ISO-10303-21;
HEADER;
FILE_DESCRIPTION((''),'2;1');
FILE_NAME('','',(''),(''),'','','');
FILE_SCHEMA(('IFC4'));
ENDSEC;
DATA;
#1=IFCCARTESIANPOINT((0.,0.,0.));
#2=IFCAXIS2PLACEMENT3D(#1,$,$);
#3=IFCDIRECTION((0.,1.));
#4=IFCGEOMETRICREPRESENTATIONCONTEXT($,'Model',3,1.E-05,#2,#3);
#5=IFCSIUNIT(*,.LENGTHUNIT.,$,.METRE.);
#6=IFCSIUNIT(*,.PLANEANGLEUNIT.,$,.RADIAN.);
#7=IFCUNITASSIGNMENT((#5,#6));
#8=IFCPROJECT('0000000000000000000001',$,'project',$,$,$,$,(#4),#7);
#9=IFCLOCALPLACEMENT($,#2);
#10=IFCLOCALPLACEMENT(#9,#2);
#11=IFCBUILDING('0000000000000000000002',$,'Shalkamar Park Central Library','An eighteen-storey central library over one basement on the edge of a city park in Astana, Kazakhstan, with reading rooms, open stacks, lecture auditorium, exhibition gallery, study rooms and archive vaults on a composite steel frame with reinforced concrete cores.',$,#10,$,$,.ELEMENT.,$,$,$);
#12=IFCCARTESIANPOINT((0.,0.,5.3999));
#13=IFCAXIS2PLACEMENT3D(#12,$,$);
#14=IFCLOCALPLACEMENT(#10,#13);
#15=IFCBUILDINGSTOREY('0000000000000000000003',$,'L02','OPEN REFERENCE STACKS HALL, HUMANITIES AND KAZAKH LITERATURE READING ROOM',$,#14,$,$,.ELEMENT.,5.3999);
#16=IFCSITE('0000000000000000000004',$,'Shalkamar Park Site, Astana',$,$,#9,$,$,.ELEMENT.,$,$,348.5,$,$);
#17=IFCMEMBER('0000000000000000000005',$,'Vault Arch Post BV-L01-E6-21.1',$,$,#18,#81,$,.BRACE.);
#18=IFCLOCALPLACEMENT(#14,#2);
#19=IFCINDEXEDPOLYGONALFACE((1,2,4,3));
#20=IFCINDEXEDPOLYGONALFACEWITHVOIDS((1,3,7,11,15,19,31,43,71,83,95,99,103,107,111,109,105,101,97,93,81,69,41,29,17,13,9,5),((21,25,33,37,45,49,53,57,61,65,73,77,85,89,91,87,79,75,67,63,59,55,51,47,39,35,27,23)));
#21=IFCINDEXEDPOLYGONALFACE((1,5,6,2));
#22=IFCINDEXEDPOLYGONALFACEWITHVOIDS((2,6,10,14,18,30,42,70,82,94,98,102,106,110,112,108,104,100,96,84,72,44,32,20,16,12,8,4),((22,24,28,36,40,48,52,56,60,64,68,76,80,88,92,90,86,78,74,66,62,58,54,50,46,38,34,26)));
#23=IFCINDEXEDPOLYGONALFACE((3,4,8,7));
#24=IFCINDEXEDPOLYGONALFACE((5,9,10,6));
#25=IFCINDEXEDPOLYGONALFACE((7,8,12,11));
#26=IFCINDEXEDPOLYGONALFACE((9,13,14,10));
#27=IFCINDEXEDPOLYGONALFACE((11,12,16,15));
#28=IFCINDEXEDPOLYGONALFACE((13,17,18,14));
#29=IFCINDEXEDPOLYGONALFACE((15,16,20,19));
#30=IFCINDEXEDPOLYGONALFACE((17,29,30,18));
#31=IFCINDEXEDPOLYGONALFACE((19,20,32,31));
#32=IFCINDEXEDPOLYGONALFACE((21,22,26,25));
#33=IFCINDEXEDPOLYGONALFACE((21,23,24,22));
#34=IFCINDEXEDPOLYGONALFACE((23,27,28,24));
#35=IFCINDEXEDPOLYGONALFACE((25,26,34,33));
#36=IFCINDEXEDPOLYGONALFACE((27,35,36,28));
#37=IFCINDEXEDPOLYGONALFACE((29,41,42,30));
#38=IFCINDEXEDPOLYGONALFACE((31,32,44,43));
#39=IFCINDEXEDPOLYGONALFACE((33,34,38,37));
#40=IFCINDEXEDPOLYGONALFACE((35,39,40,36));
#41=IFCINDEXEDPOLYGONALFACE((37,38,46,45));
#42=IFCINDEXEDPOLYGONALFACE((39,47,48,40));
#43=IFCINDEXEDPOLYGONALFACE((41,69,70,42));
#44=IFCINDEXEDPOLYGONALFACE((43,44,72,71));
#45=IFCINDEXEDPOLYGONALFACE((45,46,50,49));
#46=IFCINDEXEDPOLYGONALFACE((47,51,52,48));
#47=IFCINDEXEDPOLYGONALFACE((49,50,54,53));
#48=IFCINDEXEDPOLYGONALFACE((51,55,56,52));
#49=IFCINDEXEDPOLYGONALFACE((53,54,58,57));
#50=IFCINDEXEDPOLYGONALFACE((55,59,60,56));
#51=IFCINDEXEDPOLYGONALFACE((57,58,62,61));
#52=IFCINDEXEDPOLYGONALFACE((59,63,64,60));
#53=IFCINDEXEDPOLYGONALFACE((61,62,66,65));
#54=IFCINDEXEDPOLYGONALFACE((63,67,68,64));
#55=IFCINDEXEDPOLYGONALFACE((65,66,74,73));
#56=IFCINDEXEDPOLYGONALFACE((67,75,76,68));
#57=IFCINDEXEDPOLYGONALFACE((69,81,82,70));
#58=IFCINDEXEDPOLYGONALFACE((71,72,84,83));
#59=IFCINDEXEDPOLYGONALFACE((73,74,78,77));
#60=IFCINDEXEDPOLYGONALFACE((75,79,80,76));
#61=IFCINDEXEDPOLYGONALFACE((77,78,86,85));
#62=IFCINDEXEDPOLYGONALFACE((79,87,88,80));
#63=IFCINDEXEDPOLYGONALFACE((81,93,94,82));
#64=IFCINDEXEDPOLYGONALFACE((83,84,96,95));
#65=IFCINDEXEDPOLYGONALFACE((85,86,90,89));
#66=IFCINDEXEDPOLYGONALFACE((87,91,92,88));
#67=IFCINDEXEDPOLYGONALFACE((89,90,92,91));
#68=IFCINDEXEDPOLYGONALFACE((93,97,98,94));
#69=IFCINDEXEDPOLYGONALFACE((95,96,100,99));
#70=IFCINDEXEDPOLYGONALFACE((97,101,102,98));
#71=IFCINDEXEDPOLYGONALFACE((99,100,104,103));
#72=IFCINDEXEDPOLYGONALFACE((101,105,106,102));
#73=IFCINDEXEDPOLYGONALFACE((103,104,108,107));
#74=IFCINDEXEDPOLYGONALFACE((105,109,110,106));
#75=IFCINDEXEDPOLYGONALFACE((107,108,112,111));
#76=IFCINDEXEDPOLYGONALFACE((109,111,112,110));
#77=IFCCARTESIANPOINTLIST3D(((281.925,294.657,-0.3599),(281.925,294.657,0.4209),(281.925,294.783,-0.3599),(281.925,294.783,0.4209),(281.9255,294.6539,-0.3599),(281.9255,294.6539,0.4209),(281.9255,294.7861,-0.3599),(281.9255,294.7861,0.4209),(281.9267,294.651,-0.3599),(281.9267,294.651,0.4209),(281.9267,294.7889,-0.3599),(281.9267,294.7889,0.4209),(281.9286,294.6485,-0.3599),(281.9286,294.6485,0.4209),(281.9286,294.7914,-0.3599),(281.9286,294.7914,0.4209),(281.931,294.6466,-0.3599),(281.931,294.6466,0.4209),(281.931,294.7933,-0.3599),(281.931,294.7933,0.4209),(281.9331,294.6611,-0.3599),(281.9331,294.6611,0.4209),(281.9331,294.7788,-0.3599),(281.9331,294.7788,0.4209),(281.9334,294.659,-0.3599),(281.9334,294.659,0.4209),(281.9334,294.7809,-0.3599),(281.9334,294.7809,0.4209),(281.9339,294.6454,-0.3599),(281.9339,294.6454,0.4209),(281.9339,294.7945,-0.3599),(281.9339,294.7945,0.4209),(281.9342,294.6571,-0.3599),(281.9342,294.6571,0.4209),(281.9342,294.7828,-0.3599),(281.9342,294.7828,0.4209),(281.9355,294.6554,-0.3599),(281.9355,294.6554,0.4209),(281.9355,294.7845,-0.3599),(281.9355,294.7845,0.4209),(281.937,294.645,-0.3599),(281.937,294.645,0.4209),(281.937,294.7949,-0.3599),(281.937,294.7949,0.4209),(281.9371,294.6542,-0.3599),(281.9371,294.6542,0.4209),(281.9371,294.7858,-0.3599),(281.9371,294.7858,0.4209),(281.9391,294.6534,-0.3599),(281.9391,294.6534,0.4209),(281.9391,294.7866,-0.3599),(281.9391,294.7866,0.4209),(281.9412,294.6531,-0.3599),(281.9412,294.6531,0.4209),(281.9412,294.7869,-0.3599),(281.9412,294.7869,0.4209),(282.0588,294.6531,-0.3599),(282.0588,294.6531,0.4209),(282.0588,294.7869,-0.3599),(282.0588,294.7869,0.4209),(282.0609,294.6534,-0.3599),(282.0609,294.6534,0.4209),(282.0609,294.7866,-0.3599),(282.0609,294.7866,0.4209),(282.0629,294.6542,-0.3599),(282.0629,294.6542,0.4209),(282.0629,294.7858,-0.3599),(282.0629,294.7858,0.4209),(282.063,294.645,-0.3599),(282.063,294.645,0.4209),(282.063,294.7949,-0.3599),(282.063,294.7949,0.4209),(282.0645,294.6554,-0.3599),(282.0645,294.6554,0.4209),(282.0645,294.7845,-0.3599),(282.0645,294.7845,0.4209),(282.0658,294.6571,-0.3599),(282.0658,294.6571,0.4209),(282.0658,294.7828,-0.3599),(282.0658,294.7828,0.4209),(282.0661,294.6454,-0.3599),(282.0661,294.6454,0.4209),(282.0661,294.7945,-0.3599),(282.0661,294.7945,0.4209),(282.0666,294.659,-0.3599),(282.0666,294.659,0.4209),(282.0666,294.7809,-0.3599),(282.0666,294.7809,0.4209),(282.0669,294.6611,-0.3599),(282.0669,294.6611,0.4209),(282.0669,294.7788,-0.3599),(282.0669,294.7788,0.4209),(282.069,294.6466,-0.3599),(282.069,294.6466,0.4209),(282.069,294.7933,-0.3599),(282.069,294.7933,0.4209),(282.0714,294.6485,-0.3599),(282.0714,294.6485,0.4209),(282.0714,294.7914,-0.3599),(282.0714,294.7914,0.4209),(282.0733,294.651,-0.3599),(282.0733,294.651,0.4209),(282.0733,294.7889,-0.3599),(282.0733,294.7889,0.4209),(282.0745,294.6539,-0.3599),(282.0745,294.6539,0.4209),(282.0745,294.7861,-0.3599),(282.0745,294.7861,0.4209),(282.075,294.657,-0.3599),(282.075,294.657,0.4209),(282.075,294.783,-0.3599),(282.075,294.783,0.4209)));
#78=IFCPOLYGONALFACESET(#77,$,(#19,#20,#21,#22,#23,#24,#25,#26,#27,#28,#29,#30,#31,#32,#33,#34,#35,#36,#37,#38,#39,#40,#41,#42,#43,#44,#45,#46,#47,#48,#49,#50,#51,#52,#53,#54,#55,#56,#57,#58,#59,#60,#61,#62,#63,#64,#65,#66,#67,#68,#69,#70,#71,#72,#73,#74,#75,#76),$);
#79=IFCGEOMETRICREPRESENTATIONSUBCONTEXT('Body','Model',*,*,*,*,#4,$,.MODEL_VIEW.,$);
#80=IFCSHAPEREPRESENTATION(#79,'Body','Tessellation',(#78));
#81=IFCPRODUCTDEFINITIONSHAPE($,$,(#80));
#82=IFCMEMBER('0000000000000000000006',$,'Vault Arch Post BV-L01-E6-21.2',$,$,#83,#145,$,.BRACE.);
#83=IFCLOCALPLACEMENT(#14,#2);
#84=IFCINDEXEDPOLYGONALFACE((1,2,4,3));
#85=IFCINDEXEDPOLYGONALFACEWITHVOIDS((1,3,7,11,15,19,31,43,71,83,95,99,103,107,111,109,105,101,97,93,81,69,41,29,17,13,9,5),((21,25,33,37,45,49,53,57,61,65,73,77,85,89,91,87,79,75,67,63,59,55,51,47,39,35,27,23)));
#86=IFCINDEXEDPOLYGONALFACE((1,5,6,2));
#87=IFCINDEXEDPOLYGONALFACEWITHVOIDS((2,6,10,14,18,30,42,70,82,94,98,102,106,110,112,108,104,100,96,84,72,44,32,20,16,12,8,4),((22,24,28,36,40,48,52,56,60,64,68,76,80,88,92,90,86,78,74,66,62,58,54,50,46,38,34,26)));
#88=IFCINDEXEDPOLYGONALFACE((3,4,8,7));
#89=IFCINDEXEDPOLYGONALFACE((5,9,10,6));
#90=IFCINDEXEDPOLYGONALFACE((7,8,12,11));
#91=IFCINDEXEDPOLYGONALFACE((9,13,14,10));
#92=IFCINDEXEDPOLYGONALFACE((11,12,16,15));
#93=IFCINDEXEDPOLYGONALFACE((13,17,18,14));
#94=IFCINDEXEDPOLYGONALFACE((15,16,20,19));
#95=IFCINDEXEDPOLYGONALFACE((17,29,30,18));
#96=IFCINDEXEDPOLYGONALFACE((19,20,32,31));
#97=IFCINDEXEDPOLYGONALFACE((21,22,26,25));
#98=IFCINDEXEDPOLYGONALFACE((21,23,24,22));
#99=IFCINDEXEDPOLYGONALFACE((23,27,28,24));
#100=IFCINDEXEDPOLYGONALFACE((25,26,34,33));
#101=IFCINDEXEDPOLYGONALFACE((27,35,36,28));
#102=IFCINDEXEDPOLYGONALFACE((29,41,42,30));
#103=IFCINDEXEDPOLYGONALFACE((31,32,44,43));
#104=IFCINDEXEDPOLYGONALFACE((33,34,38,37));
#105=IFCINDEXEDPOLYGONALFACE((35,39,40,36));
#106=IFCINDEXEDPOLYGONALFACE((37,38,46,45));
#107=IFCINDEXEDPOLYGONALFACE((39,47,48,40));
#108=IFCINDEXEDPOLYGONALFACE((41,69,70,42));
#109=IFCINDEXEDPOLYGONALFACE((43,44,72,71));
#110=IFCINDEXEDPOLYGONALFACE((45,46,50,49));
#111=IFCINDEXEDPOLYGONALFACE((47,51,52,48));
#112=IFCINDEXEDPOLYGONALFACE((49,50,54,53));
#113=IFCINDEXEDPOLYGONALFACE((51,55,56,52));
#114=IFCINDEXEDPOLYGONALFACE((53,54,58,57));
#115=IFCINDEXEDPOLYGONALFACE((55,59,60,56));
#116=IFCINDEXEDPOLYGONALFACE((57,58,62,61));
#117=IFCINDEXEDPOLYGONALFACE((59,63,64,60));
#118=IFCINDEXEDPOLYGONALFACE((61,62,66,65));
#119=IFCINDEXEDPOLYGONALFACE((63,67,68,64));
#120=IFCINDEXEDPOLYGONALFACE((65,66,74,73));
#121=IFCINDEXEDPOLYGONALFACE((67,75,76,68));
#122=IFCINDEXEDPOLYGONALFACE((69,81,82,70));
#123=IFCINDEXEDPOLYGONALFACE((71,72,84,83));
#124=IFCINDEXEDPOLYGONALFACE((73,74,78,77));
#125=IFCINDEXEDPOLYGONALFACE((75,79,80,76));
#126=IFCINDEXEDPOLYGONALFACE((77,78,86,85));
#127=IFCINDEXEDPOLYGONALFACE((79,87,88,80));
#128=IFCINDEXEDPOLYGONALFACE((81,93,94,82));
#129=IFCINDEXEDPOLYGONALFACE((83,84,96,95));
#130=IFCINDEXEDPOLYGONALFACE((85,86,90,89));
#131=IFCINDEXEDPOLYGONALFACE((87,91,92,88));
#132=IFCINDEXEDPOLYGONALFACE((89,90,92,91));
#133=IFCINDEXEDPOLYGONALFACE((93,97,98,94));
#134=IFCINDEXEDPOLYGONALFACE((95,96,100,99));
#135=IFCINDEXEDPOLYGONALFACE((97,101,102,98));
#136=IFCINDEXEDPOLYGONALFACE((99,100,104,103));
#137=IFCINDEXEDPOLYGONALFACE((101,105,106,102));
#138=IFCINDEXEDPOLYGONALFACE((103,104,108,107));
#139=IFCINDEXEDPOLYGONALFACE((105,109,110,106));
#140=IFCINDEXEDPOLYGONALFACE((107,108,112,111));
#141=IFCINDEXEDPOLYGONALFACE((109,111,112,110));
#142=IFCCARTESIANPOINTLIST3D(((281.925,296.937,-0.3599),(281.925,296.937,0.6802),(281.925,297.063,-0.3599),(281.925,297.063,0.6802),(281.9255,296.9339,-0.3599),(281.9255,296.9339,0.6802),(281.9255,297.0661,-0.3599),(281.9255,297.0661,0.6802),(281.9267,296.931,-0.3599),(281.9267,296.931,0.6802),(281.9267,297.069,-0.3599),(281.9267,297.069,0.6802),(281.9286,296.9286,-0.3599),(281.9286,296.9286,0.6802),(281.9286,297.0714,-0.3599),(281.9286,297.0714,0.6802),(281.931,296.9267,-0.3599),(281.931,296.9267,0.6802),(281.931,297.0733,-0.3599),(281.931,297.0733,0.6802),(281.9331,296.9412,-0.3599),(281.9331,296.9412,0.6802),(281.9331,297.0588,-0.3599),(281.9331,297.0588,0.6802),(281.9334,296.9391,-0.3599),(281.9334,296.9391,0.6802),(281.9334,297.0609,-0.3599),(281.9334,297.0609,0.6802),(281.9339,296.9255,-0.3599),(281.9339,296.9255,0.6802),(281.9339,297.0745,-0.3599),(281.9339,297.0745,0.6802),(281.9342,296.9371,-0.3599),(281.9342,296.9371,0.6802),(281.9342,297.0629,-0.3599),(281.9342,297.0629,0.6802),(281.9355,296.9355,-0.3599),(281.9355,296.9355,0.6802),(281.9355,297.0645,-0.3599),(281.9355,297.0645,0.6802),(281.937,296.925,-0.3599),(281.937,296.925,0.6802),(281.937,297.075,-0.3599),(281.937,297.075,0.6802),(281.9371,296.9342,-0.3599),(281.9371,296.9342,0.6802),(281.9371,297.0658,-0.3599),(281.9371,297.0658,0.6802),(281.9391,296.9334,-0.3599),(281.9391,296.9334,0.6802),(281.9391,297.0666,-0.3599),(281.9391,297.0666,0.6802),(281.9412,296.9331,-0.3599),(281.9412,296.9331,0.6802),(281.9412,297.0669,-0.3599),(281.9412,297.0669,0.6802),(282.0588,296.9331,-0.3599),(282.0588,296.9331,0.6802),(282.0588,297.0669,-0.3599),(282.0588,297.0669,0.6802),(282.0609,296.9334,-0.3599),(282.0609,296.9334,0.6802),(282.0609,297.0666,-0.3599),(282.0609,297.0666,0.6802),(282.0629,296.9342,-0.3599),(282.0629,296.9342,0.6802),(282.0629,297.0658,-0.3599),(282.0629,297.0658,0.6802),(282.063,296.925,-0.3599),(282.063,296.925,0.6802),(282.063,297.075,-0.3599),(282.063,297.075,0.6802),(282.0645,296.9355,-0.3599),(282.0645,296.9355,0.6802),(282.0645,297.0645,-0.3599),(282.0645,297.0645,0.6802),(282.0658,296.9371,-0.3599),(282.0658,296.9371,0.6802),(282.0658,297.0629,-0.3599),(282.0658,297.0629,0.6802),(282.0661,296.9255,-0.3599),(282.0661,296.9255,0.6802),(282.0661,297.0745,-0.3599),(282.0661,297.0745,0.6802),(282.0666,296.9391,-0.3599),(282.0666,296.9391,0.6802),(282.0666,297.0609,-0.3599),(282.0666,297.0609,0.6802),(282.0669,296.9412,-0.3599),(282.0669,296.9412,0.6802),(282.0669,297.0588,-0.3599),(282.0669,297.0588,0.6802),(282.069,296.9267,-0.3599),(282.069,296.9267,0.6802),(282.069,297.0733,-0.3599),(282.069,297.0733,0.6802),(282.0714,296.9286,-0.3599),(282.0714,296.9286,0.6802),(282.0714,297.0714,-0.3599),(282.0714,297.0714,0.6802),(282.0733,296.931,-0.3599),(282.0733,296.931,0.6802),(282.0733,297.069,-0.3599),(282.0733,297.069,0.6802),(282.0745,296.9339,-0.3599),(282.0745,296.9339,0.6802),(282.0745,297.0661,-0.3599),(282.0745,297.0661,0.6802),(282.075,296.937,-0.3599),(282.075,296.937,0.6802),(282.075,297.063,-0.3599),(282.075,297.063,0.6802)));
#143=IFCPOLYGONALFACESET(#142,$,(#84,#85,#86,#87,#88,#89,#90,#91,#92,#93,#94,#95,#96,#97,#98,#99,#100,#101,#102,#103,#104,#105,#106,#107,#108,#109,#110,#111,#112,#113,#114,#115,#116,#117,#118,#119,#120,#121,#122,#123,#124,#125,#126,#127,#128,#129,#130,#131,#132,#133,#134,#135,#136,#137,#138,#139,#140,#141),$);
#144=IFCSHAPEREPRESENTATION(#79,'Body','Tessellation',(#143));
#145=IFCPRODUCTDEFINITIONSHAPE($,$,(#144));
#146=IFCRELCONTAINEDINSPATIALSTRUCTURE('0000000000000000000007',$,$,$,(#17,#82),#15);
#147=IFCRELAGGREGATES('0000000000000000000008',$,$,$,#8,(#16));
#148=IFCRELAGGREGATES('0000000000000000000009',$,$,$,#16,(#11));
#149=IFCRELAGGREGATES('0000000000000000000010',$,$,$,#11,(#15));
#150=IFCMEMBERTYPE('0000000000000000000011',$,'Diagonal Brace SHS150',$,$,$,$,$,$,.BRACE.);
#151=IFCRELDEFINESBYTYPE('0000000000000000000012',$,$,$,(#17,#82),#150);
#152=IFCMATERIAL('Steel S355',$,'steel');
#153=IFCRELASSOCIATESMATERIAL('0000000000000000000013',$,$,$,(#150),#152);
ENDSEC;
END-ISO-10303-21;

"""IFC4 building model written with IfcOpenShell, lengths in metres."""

from ifc_helpers import new_model, si_unit, direction, frame, origin, origin_2d, place, context, subcontext, project, spatial, hollow_rectangle, extrude, material, material_profile, profile_set, type_object, element, save


model = new_model("IFC4")

# Units and contexts
model_context = context("Model", 3, precision=1e-05, world=origin(), true_north=direction((0.0, 1.0)))
body_context = subcontext(model_context, "Body", "Model", "MODEL_VIEW")
ifc_project = project(units=[si_unit("LENGTHUNIT", "METRE"), si_unit("PLANEANGLEUNIT", "RADIAN")], contexts=[model_context])

# Site, building, storey
site_placement = place(None, origin())
site = spatial("IfcSite", under=ifc_project, at=site_placement, Name="Shalkamar Park Site, Astana", CompositionType="ELEMENT", RefElevation=348.5)
building_placement = place(site_placement, origin())
building = spatial("IfcBuilding", under=site, at=building_placement, Name="Shalkamar Park Central Library", Description="An eighteen-storey central library over one basement on the edge of a city park in Astana, Kazakhstan, with reading rooms, open stacks, lecture auditorium, exhibition gallery, study rooms and archive vaults on a composite steel frame with reinforced concrete cores.", CompositionType="ELEMENT")
storey_placement = place(building_placement, frame((0.0, 0.0, 5.3999)))
storey = spatial("IfcBuildingStorey", under=building, at=storey_placement, Name="L02", Description="OPEN REFERENCE STACKS HALL, HUMANITIES AND KAZAKH LITERATURE READING ROOM", CompositionType="ELEMENT", Elevation=5.3999)

# Shared definitions
ifc_material_1 = material(Name="Steel S355", Category="steel")

# Members
ifc_material_profile_1 = material_profile(ifc_material_1, hollow_rectangle(XDim=0.1499, YDim=0.1499, WallThickness=0.0081, InnerFilletRadius=0.0081, OuterFilletRadius=0.012, at=origin_2d()), Name="SHS 150x150x8")
ifc_profile_set_1 = profile_set([ifc_material_profile_1], Name="Steel S355")
member_type_1 = type_object("IfcMemberType", Name="Diagonal Brace SHS150", PredefinedType="BRACE", material=ifc_profile_set_1)
for number, where, z_axis, x_axis, name in (
    (1, (282.0, 294.72, -0.3599), (0.0, 0.0, 1.0), (1.0, 0.0, 0.0), "Vault Arch Post BV-L01-E6-21.1"),
):
    element("IfcMember", number, at=place(storey_placement, frame(where, z_axis=z_axis, x_axis=x_axis)), inside=storey, type_object=member_type_1, Name=name, PredefinedType="BRACE", context=body_context, shape_type="SweptSolid", body=[
        extrude(hollow_rectangle(XDim=0.1499, YDim=0.1499, WallThickness=0.0081, InnerFilletRadius=0.0081, OuterFilletRadius=0.012, at=origin_2d()), origin(), (0.0, 0.0, 1.0), 0.7808),
    ])
member_1_placement = place(storey_placement, frame((282.0, 297.0, -0.3599), z_axis=(0.0, 0.0, 1.0), x_axis=(1.0, 0.0, 0.0)))
element("IfcMember", 2, at=member_1_placement, inside=storey, type_object=member_type_1, Name="Vault Arch Post BV-L01-E6-21.2", PredefinedType="BRACE", context=body_context, shape_type="SweptSolid", body=[
    extrude(hollow_rectangle(XDim=0.1499, YDim=0.1499, WallThickness=0.0081, InnerFilletRadius=0.0081, OuterFilletRadius=0.012, at=origin_2d()), origin(), (0.0, 0.0, 1.0), 1.04),
])

save(model, "model.ifc")
